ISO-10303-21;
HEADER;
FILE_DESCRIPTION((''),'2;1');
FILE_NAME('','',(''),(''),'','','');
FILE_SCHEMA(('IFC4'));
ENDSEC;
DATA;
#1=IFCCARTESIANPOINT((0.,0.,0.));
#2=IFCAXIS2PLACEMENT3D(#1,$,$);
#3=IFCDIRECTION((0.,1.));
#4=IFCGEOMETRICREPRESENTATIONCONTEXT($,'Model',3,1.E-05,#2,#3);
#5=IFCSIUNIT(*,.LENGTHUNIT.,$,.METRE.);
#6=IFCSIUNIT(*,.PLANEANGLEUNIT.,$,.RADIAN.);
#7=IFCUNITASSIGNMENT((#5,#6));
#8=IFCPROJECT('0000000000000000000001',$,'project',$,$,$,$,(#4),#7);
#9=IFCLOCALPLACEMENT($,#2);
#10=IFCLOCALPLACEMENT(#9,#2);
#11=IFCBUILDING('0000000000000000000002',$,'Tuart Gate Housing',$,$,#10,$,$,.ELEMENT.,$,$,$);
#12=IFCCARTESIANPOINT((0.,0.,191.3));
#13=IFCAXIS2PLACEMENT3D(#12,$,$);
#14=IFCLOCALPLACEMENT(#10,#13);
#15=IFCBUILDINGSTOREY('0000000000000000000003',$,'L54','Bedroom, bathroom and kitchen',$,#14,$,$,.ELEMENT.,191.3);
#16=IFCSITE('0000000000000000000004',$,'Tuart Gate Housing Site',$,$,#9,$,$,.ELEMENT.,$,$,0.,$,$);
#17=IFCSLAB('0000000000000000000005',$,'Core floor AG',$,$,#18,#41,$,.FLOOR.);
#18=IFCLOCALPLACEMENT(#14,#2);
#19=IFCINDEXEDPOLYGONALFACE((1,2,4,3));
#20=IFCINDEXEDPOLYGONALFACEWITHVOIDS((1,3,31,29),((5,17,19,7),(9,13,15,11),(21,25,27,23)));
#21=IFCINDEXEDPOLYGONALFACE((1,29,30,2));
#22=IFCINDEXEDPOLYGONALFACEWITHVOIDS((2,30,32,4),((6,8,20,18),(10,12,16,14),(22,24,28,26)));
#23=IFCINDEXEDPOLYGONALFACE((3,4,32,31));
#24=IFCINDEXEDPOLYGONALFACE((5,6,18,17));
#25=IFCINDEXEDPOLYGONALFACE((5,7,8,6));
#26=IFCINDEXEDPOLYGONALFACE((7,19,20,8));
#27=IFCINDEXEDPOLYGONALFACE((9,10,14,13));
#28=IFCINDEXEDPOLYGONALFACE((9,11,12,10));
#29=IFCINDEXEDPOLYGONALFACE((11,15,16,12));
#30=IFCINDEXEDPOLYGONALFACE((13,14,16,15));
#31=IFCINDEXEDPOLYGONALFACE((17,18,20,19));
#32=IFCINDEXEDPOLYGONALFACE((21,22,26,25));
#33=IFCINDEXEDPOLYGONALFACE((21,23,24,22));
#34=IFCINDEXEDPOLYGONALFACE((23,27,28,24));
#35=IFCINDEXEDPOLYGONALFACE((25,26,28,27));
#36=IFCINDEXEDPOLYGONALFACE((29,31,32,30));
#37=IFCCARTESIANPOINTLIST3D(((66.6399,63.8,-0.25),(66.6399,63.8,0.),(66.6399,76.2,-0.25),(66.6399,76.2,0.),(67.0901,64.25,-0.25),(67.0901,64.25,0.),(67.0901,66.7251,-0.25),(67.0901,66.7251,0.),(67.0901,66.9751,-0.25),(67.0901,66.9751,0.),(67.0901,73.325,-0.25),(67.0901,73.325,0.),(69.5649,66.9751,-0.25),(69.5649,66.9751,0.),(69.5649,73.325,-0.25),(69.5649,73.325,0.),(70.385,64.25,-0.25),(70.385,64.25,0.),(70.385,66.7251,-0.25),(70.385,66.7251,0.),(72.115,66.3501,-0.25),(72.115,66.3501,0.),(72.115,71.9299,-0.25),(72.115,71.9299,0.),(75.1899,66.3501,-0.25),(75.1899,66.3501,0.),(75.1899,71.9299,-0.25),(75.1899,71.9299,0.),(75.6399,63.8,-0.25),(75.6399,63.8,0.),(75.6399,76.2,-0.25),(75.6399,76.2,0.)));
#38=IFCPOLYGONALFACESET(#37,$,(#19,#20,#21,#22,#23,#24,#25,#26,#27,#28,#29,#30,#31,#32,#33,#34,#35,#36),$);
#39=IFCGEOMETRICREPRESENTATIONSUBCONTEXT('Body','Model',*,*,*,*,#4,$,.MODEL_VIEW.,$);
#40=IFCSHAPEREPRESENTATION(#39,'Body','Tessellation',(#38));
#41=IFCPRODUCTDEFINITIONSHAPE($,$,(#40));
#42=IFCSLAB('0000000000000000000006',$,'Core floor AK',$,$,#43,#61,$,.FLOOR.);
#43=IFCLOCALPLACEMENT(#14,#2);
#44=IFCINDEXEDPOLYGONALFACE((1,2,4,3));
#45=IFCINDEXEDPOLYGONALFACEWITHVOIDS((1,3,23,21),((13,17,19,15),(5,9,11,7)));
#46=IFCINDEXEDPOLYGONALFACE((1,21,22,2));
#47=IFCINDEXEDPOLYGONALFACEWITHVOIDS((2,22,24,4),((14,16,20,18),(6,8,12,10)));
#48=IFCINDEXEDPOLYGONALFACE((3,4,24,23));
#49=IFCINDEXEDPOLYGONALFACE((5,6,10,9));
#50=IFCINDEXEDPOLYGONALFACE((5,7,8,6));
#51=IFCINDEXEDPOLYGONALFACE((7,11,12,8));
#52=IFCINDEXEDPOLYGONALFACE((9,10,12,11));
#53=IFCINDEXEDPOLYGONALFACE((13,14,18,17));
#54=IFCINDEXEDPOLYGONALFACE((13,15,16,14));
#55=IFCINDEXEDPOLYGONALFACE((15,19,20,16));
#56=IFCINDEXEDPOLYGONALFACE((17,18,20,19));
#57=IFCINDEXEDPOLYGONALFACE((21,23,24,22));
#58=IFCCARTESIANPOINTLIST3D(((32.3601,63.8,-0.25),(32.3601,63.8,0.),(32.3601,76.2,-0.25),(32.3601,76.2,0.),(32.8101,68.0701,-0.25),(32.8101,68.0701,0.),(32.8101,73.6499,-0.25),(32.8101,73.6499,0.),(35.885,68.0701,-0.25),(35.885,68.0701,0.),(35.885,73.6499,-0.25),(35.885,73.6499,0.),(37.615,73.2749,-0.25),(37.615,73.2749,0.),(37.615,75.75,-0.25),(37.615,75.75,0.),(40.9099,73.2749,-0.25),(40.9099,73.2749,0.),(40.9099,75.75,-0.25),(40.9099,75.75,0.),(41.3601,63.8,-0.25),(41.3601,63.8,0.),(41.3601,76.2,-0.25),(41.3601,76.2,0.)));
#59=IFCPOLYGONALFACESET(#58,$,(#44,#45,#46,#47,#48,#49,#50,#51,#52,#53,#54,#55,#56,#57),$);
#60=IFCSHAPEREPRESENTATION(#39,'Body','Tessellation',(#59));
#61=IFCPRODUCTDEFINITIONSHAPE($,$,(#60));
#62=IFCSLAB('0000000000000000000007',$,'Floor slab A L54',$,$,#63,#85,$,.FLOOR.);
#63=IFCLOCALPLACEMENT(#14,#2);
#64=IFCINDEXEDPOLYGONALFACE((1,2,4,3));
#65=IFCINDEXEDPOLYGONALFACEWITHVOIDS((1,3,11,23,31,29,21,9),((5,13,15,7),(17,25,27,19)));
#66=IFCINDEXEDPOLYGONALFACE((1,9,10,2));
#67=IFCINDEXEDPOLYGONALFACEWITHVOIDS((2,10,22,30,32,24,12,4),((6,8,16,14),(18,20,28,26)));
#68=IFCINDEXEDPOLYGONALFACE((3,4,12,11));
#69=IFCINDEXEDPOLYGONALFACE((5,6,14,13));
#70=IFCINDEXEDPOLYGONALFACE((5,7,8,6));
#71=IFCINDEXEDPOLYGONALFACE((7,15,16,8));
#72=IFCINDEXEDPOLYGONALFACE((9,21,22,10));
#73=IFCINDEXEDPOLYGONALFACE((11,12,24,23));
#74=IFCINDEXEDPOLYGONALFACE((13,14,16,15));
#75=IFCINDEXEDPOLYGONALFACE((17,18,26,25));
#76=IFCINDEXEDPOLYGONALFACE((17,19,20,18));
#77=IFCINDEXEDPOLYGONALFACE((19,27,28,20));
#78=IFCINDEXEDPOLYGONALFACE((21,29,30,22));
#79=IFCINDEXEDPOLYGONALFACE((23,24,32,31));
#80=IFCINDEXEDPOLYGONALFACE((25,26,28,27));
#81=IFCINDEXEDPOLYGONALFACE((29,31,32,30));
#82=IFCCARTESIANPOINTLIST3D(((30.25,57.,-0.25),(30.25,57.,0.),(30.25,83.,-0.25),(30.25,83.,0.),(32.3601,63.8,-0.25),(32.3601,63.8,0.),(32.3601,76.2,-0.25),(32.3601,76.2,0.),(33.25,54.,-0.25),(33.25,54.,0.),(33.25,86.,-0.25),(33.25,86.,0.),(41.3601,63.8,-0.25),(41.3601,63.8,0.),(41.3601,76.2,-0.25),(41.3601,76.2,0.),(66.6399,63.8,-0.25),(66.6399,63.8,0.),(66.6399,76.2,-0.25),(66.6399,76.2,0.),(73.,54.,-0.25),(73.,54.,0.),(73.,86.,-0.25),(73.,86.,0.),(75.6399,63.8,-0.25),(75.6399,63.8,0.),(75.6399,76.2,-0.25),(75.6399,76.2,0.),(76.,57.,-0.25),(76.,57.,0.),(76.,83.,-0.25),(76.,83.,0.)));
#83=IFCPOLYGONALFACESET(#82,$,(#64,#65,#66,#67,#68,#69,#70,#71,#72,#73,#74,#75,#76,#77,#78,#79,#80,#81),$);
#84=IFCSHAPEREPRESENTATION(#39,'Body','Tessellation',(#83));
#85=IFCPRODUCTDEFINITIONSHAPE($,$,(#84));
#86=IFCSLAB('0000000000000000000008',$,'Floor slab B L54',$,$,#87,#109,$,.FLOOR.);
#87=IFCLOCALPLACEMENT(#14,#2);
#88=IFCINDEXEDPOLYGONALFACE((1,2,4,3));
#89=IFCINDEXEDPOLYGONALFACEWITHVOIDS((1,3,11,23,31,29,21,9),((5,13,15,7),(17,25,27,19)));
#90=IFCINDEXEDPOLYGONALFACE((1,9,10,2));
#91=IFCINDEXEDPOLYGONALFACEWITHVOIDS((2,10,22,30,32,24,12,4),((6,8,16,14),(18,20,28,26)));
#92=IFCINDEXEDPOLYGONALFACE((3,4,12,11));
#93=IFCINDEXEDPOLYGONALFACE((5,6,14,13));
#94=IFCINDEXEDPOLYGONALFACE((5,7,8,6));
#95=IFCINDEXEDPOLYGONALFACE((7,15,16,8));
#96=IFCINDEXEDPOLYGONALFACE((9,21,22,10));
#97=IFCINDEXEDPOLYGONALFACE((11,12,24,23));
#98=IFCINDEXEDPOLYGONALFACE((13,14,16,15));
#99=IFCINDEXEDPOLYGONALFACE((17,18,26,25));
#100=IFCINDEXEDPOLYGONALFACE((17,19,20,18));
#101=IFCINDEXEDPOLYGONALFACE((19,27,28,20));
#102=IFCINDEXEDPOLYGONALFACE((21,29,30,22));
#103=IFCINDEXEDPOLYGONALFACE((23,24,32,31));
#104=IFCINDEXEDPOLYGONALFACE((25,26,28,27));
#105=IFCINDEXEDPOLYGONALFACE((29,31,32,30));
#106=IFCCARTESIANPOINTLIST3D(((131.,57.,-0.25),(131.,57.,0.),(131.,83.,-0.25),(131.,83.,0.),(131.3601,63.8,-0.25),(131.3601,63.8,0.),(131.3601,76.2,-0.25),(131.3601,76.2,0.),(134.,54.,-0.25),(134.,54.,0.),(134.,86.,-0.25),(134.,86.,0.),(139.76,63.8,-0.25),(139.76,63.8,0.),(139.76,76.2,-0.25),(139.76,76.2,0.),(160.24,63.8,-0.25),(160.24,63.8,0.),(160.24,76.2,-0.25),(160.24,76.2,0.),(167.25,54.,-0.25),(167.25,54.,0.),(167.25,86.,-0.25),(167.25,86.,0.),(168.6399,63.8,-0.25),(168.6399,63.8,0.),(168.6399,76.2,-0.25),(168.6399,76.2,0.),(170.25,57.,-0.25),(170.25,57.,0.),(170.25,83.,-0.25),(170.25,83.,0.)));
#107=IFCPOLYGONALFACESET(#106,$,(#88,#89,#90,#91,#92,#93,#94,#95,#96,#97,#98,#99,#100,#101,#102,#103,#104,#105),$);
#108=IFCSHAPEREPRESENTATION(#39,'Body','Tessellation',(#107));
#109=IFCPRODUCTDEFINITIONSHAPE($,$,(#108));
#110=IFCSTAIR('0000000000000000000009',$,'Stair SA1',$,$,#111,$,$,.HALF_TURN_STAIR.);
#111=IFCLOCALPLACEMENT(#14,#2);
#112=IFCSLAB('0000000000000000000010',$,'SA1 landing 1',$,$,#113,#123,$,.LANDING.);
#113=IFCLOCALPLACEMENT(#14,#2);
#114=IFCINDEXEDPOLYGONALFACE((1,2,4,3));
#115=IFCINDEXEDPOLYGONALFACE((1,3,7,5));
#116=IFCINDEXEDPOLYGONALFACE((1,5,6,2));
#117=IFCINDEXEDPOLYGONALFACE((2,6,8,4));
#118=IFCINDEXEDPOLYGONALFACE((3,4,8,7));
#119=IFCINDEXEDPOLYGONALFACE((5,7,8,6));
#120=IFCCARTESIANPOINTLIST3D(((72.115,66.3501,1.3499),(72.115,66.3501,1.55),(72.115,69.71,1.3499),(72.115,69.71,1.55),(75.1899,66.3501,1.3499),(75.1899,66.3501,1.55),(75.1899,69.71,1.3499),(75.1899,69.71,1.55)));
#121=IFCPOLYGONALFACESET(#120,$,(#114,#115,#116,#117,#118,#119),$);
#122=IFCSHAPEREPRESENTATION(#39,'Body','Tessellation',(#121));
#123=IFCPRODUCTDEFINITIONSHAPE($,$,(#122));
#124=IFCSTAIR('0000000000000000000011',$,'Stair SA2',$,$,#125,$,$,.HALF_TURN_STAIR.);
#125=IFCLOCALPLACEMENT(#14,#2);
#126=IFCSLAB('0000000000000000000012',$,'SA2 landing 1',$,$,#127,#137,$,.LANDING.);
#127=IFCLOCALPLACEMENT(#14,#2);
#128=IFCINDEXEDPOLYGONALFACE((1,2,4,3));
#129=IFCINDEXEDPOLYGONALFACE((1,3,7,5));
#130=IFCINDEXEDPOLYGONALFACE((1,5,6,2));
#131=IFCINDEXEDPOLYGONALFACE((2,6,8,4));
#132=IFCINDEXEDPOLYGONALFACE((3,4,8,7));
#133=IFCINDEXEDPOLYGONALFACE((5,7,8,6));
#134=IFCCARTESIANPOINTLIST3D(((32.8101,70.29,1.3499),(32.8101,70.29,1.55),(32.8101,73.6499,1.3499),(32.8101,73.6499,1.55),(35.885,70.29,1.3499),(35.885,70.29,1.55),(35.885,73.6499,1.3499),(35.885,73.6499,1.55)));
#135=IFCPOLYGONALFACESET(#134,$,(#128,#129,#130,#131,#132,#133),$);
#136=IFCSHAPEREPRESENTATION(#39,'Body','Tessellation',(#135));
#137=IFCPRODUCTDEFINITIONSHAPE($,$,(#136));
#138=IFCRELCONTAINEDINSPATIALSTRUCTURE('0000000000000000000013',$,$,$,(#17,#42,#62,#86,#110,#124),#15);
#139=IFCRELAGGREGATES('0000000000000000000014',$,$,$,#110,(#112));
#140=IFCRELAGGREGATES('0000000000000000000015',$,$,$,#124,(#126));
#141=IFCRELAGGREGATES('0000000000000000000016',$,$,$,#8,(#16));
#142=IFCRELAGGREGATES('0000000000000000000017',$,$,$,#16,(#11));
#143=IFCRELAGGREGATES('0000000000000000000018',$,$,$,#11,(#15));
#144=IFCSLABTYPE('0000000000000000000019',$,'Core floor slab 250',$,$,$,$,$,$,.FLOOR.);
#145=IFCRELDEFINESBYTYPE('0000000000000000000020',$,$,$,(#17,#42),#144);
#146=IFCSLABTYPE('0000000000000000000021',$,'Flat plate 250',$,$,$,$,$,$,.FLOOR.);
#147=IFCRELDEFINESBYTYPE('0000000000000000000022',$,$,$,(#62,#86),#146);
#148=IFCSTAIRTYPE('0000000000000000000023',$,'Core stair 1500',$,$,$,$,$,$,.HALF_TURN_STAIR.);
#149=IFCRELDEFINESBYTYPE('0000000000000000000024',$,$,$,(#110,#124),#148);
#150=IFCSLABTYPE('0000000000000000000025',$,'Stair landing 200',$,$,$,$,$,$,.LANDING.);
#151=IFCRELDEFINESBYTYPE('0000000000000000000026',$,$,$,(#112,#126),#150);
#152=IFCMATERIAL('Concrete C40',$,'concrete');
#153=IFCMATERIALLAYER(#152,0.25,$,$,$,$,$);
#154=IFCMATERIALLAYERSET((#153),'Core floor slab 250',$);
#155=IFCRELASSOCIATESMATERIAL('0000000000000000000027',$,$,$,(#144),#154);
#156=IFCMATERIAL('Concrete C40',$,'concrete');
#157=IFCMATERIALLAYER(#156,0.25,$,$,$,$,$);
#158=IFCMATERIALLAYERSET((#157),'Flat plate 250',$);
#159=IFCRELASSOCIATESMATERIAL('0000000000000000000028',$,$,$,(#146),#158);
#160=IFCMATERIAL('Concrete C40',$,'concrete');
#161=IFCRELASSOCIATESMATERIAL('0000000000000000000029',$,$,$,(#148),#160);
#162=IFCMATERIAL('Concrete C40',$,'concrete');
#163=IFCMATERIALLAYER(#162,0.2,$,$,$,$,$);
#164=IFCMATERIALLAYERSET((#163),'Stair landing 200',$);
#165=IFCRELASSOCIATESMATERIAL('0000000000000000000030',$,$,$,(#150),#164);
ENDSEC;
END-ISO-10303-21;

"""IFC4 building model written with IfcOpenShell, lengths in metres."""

from ifc_helpers import new_model, si_unit, direction, frame, origin, place, context, subcontext, project, spatial, polyline, outline, extrude, material, layer, layer_set, type_object, element, aggregate, save


model = new_model("IFC4")

# Units and contexts
model_context = context("Model", 3, precision=1e-05, world=origin(), true_north=direction((0.0, 1.0)))
body_context = subcontext(model_context, "Body", "Model", "MODEL_VIEW")
ifc_project = project(units=[si_unit("LENGTHUNIT", "METRE"), si_unit("PLANEANGLEUNIT", "RADIAN")], contexts=[model_context])

# Site, building, storey
site_placement = place(None, origin())
site = spatial("IfcSite", under=ifc_project, at=site_placement, Name="Tuart Gate Housing Site", CompositionType="ELEMENT", RefElevation=0.0)
building_placement = place(site_placement, origin())
building = spatial("IfcBuilding", under=site, at=building_placement, Name="Tuart Gate Housing", CompositionType="ELEMENT")
storey_placement = place(building_placement, frame((0.0, 0.0, 191.3)))
storey = spatial("IfcBuildingStorey", under=building, at=storey_placement, Name="L54", Description="Bedroom, bathroom and kitchen", CompositionType="ELEMENT", Elevation=191.3)

# Slabs
ifc_material_1 = material(Name="Concrete C40", Category="concrete")
ifc_layer_1 = layer(ifc_material_1, 0.25)
ifc_layer_set_1 = layer_set([ifc_layer_1], Name="Core floor slab 250")
slab_type_1 = type_object("IfcSlabType", Name="Core floor slab 250", PredefinedType="FLOOR", material=ifc_layer_set_1)
slab_1_placement = place(storey_placement, frame((0.0, 0.0, -0.25)))
element("IfcSlab", 1, at=slab_1_placement, inside=storey, type_object=slab_type_1, Name="Core floor AG", PredefinedType="FLOOR", context=body_context, shape_type="SweptSolid", body=[
    extrude(outline(polyline([(66.6399, 63.8), (75.6399, 63.8), (75.6399, 76.2), (66.6399, 76.2), (66.6399, 63.8)]), holes=[polyline([(67.0901, 64.25), (70.385, 64.25), (70.385, 66.7251), (67.0901, 66.7251), (67.0901, 64.25)]), polyline([(67.0901, 66.9751), (69.5649, 66.9751), (69.5649, 73.325), (67.0901, 73.325), (67.0901, 66.9751)]), polyline([(72.115, 66.3501), (75.1899, 66.3501), (75.1899, 71.9299), (72.115, 71.9299), (72.115, 66.3501)])]), origin(), (0.0, 0.0, 1.0), 0.25),
])
slab_2_placement = place(storey_placement, frame((0.0, 0.0, -0.25)))
element("IfcSlab", 2, at=slab_2_placement, inside=storey, type_object=slab_type_1, Name="Core floor AK", PredefinedType="FLOOR", context=body_context, shape_type="SweptSolid", body=[
    extrude(outline(polyline([(32.3601, 63.8), (41.3601, 63.8), (41.3601, 76.2), (32.3601, 76.2), (32.3601, 63.8)]), holes=[polyline([(40.9099, 75.75), (37.615, 75.75), (37.615, 73.2749), (40.9099, 73.2749), (40.9099, 75.75)]), polyline([(35.885, 73.6499), (32.8101, 73.6499), (32.8101, 68.0701), (35.885, 68.0701), (35.885, 73.6499)])]), origin(), (0.0, 0.0, 1.0), 0.25),
])
ifc_material_2 = material(Name="Concrete C40", Category="concrete")
ifc_layer_2 = layer(ifc_material_2, 0.25)
ifc_layer_set_2 = layer_set([ifc_layer_2], Name="Flat plate 250")
slab_type_2 = type_object("IfcSlabType", Name="Flat plate 250", PredefinedType="FLOOR", material=ifc_layer_set_2)
slab_3_placement = place(storey_placement, frame((0.0, 0.0, -0.25)))
element("IfcSlab", 3, at=slab_3_placement, inside=storey, type_object=slab_type_2, Name="Floor slab A L54", PredefinedType="FLOOR", context=body_context, shape_type="SweptSolid", body=[
    extrude(outline(polyline([(33.25, 86.0), (30.25, 83.0), (30.25, 57.0), (33.25, 54.0), (73.0, 54.0), (76.0, 57.0), (76.0, 83.0), (73.0, 86.0), (33.25, 86.0)]), holes=[polyline([(66.6399, 76.2), (75.6399, 76.2), (75.6399, 63.8), (66.6399, 63.8), (66.6399, 76.2)]), polyline([(41.3601, 76.2), (41.3601, 63.8), (32.3601, 63.8), (32.3601, 76.2), (41.3601, 76.2)])]), origin(), (0.0, 0.0, 1.0), 0.25),
])
slab_4_placement = place(storey_placement, frame((0.0, 0.0, -0.25)))
element("IfcSlab", 4, at=slab_4_placement, inside=storey, type_object=slab_type_2, Name="Floor slab B L54", PredefinedType="FLOOR", context=body_context, shape_type="SweptSolid", body=[
    extrude(outline(polyline([(134.0, 86.0), (131.0, 83.0), (131.0, 57.0), (134.0, 54.0), (167.25, 54.0), (170.25, 57.0), (170.25, 83.0), (167.25, 86.0), (134.0, 86.0)]), holes=[polyline([(131.3601, 76.2), (139.76, 76.2), (139.76, 63.8), (131.3601, 63.8), (131.3601, 76.2)]), polyline([(168.6399, 76.2), (168.6399, 63.8), (160.24, 63.8), (160.24, 76.2), (168.6399, 76.2)])]), origin(), (0.0, 0.0, 1.0), 0.25),
])

# Stairs, slabs
ifc_material_3 = material(Name="Concrete C40", Category="concrete")
stair_type = type_object("IfcStairType", Name="Core stair 1500", PredefinedType="HALF_TURN_STAIR", material=ifc_material_3)
stair_1_placement = place(storey_placement, origin())
stair_1 = element("IfcStair", 5, at=stair_1_placement, inside=storey, type_object=stair_type, Name="Stair SA1", PredefinedType="HALF_TURN_STAIR")
ifc_material_4 = material(Name="Concrete C40", Category="concrete")
ifc_layer_3 = layer(ifc_material_4, 0.2)
ifc_layer_set_3 = layer_set([ifc_layer_3], Name="Stair landing 200")
slab_type_3 = type_object("IfcSlabType", Name="Stair landing 200", PredefinedType="LANDING", material=ifc_layer_set_3)
slab_5_placement = place(storey_placement, frame((0.0, 0.0, 1.3499)))
slab_5 = element("IfcSlab", 6, at=slab_5_placement, type_object=slab_type_3, Name="SA1 landing 1", PredefinedType="LANDING", context=body_context, shape_type="SweptSolid", body=[
    extrude(outline(polyline([(72.115, 66.3501), (75.1899, 66.3501), (75.1899, 69.71), (72.115, 69.71), (72.115, 66.3501)])), origin(), (0.0, 0.0, 1.0), 0.2002),
])
aggregate(stair_1, [slab_5])
stair_2_placement = place(storey_placement, origin())
stair_2 = element("IfcStair", 7, at=stair_2_placement, inside=storey, type_object=stair_type, Name="Stair SA2", PredefinedType="HALF_TURN_STAIR")
slab_6_placement = place(storey_placement, frame((0.0, 0.0, 1.3499)))
slab_6 = element("IfcSlab", 8, at=slab_6_placement, type_object=slab_type_3, Name="SA2 landing 1", PredefinedType="LANDING", context=body_context, shape_type="SweptSolid", body=[
    extrude(outline(polyline([(35.885, 73.6499), (32.8101, 73.6499), (32.8101, 70.29), (35.885, 70.29), (35.885, 73.6499)])), origin(), (0.0, 0.0, 1.0), 0.2002),
])
aggregate(stair_2, [slab_6])

save(model, "model.ifc")
